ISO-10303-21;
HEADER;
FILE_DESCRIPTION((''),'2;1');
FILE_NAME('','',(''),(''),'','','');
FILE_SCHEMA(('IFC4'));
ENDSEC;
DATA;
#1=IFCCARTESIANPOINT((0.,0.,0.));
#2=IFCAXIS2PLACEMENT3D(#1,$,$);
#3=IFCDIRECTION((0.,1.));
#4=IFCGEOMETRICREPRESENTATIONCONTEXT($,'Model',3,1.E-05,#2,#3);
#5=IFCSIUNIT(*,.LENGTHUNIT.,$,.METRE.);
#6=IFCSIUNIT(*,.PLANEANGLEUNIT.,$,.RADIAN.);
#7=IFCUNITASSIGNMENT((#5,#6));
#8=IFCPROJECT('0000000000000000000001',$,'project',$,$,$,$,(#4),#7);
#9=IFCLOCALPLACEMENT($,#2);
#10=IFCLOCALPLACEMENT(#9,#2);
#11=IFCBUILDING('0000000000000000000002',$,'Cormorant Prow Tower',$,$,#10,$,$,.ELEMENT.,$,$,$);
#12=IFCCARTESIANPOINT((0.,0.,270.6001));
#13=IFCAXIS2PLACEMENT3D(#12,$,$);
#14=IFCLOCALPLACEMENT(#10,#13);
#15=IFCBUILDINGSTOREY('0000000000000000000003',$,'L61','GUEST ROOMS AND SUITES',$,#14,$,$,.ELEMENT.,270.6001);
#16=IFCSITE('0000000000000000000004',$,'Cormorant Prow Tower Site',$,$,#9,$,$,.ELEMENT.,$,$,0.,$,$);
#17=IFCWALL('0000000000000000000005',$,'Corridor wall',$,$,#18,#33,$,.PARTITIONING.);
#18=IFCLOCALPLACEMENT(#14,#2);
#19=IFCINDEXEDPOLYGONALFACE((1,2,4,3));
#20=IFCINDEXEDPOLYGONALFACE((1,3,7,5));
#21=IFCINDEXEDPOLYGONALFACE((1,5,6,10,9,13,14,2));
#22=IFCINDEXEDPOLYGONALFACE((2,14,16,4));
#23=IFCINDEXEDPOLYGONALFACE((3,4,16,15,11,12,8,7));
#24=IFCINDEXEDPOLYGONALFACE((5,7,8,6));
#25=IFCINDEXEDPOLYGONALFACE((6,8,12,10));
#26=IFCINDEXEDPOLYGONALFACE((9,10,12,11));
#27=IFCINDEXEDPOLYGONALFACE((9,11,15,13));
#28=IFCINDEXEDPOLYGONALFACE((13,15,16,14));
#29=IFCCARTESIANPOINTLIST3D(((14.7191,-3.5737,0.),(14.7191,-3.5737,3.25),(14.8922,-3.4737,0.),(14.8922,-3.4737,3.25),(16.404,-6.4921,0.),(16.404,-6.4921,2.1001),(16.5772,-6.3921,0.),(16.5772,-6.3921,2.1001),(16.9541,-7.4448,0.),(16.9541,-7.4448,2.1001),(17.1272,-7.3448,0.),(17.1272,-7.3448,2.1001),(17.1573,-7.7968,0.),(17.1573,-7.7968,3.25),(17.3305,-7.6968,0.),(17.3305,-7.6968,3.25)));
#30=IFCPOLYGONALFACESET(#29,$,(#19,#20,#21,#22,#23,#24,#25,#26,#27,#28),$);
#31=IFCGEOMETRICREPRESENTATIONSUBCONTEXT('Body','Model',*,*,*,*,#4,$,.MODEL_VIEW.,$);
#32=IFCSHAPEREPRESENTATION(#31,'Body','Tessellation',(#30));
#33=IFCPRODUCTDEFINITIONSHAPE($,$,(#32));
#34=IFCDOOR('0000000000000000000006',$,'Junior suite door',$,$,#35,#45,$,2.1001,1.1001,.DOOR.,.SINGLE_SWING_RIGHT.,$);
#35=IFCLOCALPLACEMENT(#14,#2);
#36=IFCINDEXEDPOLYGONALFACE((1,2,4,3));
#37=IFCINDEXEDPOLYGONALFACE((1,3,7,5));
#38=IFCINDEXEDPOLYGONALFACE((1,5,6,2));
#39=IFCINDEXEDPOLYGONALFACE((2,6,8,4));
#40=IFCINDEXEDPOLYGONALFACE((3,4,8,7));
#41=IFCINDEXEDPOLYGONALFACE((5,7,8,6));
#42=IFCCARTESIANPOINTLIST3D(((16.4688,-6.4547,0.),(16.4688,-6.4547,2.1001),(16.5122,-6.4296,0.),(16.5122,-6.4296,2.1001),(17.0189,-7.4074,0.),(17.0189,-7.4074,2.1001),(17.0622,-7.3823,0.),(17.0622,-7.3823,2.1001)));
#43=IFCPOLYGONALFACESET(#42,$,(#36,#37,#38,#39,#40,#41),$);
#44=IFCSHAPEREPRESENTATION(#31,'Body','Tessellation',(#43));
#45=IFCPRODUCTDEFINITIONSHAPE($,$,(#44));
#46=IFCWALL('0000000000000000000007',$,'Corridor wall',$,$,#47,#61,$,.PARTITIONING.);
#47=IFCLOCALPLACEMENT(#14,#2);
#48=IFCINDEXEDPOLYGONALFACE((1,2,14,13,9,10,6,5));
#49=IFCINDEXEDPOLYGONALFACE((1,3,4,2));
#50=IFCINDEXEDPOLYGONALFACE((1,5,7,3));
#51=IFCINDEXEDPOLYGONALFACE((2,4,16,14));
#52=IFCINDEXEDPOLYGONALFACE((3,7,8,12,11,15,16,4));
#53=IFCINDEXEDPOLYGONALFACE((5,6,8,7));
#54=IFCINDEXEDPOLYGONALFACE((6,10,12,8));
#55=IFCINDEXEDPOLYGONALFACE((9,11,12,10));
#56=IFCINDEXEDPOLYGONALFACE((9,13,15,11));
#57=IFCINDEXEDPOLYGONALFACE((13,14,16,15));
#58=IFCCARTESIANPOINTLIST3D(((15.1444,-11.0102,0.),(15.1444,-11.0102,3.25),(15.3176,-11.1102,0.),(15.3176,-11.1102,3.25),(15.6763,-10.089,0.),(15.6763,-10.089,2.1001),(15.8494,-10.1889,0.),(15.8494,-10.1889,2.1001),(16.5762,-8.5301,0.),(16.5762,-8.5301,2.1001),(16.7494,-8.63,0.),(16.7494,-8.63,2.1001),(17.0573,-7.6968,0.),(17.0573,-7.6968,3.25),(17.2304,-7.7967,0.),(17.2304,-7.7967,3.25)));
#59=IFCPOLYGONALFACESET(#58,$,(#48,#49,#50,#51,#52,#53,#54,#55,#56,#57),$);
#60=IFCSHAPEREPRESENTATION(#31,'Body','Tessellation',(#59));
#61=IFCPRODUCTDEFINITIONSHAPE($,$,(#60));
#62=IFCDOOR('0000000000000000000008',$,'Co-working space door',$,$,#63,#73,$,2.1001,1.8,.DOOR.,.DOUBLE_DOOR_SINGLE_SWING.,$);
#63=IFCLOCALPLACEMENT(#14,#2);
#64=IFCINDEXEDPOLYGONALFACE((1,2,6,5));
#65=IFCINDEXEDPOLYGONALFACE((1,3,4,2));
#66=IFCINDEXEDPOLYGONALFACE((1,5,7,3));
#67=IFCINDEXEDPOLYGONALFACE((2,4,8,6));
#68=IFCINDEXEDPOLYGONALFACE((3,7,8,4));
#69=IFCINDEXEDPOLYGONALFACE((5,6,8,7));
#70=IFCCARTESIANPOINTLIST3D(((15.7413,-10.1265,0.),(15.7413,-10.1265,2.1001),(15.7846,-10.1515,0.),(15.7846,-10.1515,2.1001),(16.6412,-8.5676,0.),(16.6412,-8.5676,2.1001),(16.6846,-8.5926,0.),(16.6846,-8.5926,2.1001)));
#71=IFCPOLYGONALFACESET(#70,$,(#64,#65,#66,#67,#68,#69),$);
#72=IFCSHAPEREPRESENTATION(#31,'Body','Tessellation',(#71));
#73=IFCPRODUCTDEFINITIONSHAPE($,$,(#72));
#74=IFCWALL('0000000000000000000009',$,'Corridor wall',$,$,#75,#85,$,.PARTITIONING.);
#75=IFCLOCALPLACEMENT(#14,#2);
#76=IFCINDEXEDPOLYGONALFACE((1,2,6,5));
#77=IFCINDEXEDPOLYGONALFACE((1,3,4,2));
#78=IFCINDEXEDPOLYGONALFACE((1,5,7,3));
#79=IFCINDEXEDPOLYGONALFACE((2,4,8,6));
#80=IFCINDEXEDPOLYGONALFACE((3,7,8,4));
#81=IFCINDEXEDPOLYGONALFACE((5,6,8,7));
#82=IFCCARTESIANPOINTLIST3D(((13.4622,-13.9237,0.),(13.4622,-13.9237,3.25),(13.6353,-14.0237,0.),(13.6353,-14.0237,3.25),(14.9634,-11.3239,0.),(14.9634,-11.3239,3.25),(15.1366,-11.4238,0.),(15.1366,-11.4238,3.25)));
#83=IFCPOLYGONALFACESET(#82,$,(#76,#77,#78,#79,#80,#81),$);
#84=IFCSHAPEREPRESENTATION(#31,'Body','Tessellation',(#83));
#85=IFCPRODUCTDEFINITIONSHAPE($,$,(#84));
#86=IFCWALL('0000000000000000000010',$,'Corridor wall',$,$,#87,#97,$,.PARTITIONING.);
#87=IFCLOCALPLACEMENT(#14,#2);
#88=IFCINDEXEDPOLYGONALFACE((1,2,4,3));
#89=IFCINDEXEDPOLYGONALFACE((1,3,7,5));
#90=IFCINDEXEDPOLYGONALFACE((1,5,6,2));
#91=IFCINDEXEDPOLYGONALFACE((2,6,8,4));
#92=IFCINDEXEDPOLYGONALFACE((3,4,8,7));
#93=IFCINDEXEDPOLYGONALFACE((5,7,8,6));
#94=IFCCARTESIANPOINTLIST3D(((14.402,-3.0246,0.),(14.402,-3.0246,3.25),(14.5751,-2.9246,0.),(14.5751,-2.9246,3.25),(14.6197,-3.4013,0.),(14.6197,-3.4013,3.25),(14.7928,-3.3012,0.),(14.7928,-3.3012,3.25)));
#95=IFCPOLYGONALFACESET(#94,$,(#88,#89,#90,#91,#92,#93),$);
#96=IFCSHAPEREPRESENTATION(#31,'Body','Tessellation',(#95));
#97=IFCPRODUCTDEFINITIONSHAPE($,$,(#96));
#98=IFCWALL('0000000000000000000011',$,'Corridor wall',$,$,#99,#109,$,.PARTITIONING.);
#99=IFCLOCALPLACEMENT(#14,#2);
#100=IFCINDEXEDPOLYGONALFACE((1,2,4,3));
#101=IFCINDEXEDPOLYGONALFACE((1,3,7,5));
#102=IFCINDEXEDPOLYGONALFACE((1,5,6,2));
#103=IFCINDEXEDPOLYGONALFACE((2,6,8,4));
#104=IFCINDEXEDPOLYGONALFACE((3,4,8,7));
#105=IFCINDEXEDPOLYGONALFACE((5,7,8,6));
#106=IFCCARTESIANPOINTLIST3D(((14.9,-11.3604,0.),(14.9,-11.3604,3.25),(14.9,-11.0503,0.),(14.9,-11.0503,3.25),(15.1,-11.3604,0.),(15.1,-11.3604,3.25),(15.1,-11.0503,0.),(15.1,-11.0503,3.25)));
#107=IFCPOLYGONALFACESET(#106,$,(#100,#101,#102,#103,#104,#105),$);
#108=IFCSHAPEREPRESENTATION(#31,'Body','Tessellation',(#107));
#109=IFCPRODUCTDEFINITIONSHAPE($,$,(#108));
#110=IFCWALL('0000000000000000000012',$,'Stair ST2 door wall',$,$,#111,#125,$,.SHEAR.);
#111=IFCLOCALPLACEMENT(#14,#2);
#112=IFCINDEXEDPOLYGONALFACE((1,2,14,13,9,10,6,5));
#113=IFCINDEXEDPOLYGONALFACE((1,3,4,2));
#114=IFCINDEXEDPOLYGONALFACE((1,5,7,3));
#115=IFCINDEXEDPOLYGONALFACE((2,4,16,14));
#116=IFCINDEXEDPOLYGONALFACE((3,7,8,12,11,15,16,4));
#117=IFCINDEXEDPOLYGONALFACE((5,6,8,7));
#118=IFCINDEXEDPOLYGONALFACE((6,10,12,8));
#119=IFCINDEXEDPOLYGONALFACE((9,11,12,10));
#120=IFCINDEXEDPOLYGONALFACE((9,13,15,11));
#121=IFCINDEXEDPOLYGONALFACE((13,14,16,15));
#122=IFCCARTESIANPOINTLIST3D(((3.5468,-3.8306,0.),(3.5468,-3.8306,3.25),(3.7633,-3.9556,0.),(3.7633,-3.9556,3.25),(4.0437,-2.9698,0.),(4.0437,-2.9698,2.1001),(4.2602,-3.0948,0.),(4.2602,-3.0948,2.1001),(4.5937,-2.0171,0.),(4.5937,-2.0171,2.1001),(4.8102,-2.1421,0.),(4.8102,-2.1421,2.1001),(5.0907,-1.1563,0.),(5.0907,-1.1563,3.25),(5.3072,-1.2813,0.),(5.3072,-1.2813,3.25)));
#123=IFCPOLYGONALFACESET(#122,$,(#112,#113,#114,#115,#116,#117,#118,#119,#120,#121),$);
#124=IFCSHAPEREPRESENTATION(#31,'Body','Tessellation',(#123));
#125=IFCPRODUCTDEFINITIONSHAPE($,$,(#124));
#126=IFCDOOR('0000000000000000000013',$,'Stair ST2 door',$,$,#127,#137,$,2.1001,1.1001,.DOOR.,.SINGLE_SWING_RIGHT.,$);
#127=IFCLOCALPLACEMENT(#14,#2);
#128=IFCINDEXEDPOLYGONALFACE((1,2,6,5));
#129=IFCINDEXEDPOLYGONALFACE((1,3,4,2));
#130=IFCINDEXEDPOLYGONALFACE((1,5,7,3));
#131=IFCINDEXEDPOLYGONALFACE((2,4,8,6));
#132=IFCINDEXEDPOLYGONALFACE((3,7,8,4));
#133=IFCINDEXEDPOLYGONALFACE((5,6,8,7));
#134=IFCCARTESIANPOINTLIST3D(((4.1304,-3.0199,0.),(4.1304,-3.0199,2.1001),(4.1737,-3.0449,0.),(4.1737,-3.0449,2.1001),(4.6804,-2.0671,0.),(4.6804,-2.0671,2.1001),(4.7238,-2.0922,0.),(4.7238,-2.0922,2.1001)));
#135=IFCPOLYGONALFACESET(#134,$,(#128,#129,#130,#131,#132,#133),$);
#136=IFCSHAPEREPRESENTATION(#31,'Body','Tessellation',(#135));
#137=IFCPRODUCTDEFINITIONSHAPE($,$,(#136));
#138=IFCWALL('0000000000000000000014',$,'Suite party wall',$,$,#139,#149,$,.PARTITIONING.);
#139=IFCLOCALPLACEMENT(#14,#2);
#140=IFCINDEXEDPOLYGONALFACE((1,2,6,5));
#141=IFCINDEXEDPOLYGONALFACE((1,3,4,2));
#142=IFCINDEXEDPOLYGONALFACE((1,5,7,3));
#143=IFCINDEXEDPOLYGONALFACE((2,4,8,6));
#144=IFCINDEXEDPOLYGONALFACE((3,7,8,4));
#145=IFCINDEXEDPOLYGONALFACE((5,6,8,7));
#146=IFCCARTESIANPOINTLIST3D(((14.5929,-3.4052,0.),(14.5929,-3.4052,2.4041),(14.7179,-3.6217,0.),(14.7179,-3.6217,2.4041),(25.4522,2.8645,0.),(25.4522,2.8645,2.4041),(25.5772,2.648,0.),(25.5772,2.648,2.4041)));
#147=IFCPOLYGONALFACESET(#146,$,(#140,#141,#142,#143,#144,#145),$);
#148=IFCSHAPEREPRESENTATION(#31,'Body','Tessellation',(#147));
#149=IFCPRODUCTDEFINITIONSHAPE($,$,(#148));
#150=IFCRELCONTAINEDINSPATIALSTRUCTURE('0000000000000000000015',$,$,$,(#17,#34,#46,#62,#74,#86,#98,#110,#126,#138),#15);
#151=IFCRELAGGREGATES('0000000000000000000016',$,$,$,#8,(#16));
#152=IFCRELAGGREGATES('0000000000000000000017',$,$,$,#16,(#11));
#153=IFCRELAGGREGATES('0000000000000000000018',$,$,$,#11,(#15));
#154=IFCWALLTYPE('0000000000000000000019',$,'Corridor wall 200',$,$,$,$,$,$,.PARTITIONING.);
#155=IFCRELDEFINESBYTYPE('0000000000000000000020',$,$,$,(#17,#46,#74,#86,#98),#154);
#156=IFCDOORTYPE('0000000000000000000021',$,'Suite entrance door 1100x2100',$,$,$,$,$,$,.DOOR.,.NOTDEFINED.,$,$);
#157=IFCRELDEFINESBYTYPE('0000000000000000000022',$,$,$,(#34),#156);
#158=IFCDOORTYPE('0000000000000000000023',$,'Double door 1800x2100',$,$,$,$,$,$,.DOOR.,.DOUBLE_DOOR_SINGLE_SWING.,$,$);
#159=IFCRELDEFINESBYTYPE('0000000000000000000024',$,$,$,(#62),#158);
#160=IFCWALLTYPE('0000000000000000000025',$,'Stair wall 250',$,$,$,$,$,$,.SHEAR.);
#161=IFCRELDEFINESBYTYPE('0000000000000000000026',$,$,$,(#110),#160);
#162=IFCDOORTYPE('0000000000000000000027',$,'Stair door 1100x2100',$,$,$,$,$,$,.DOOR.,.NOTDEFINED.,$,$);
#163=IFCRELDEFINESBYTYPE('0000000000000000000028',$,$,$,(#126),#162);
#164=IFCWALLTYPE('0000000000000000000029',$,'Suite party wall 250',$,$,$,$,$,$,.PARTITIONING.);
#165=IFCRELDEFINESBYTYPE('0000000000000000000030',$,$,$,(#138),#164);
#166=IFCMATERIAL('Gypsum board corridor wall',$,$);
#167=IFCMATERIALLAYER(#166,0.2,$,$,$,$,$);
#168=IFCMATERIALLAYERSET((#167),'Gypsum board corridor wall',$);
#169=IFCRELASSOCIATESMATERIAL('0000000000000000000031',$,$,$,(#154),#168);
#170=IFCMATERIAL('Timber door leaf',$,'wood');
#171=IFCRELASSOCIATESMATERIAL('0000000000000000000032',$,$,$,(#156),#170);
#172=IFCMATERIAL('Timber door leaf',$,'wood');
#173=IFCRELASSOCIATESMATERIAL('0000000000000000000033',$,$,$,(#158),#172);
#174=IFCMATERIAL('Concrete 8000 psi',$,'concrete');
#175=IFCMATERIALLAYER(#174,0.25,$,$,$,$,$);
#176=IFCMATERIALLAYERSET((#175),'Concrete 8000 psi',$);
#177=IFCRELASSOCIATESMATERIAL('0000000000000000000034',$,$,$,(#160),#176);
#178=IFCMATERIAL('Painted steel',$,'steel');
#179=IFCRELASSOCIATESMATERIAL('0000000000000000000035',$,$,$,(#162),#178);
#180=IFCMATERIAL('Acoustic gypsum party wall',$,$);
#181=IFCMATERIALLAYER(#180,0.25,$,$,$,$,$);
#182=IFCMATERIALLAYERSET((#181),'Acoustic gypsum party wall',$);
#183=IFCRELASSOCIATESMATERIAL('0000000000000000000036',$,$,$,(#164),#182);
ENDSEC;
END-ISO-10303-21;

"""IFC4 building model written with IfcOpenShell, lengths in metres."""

from ifc_helpers import new_model, si_unit, direction, frame, frame_2d, origin, place, context, subcontext, project, spatial, rectangle, extrude, material, layer, layer_set, type_object, element, fill, save


model = new_model("IFC4")

# Units and contexts
model_context = context("Model", 3, precision=1e-05, world=origin(), true_north=direction((0.0, 1.0)))
body_context = subcontext(model_context, "Body", "Model", "MODEL_VIEW")
ifc_project = project(units=[si_unit("LENGTHUNIT", "METRE"), si_unit("PLANEANGLEUNIT", "RADIAN")], contexts=[model_context])

# Site, building, storey
site_placement = place(None, origin())
site = spatial("IfcSite", under=ifc_project, at=site_placement, Name="Cormorant Prow Tower Site", CompositionType="ELEMENT", RefElevation=0.0)
building_placement = place(site_placement, origin())
building = spatial("IfcBuilding", under=site, at=building_placement, Name="Cormorant Prow Tower", CompositionType="ELEMENT")
storey_placement = place(building_placement, frame((0.0, 0.0, 270.6001)))
storey = spatial("IfcBuildingStorey", under=building, at=storey_placement, Name="L61", Description="GUEST ROOMS AND SUITES", CompositionType="ELEMENT", Elevation=270.6001)

# Walls, openings, doors
ifc_material_1 = material(Name="Gypsum board corridor wall")
ifc_layer_1 = layer(ifc_material_1, 0.2)
ifc_layer_set_1 = layer_set([ifc_layer_1], Name="Gypsum board corridor wall")
wall_type_1 = type_object("IfcWallType", Name="Corridor wall 200", PredefinedType="PARTITIONING", material=ifc_layer_set_1)
wall_1_placement = place(storey_placement, frame((14.8057, -3.5237, 0.0), z_axis=(0.0, 0.0, 1.0), x_axis=(0.5, -0.866026, 0.0)))
wall_1 = element("IfcWall", 1, at=wall_1_placement, inside=storey, type_object=wall_type_1, Name="Corridor wall", PredefinedType="PARTITIONING", context=body_context, shape_type="SweptSolid", body=[
    extrude(rectangle(XDim=4.8765, YDim=0.2, at=frame_2d((2.4382, 0.0))), origin(), (0.0, 0.0, 1.0), 3.25),
])
opening_1_placement = place(wall_1_placement, frame((3.3699, 0.0, 0.0)))
opening_1 = element("IfcOpeningElement", 2, at=opening_1_placement, cuts=wall_1, PredefinedType="OPENING", context=body_context, shape_type="SweptSolid", body=[
    extrude(rectangle(XDim=1.1001, YDim=2.1001, at=frame_2d((0.55, 1.05))), frame((0.0, 0.1099, 0.0), z_axis=(0.0, -1.0, 0.0), x_axis=(1.0, 0.0, 0.0)), (0.0, 0.0, 1.0), 0.22),
])
ifc_material_2 = material(Name="Timber door leaf", Category="wood")
door_type_1 = type_object("IfcDoorType", Name="Suite entrance door 1100x2100", OperationType="NOTDEFINED", PredefinedType="DOOR", material=ifc_material_2)
door_1_placement = place(opening_1_placement, origin())
door_1 = element("IfcDoor", 3, at=door_1_placement, inside=storey, type_object=door_type_1, Name="Junior suite door", OperationType="SINGLE_SWING_RIGHT", OverallHeight=2.1001, OverallWidth=1.1001, PredefinedType="DOOR", context=body_context, shape_type="SweptSolid", body=[
    extrude(rectangle(XDim=1.1001, YDim=2.1001, at=frame_2d((0.55, 1.05))), frame((0.0, 0.0249, 0.0), z_axis=(0.0, -1.0, 0.0), x_axis=(1.0, 0.0, 0.0)), (0.0, 0.0, 1.0), 0.05),
])
fill(opening_1, door_1)
wall_2_placement = place(storey_placement, frame((15.231, -11.0603, 0.0), z_axis=(0.0, 0.0, 1.0), x_axis=(0.499962, 0.866047, 0.0)))
wall_2 = element("IfcWall", 4, at=wall_2_placement, inside=storey, type_object=wall_type_1, Name="Corridor wall", PredefinedType="PARTITIONING", context=body_context, shape_type="SweptSolid", body=[
    extrude(rectangle(XDim=3.8259, YDim=0.2, at=frame_2d((1.9131, 0.0))), origin(), (0.0, 0.0, 1.0), 3.25),
])
opening_2_placement = place(wall_2_placement, frame((1.064, 0.0, 0.0)))
opening_2 = element("IfcOpeningElement", 5, at=opening_2_placement, cuts=wall_2, PredefinedType="OPENING", context=body_context, shape_type="SweptSolid", body=[
    extrude(rectangle(XDim=1.8, YDim=2.1001, at=frame_2d((0.8999, 1.05))), frame((0.0, 0.1099, 0.0), z_axis=(0.0, -1.0, 0.0), x_axis=(1.0, 0.0, 0.0)), (0.0, 0.0, 1.0), 0.22),
])
ifc_material_3 = material(Name="Timber door leaf", Category="wood")
door_type_2 = type_object("IfcDoorType", Name="Double door 1800x2100", OperationType="DOUBLE_DOOR_SINGLE_SWING", PredefinedType="DOOR", material=ifc_material_3)
door_2_placement = place(opening_2_placement, origin())
door_2 = element("IfcDoor", 6, at=door_2_placement, inside=storey, type_object=door_type_2, Name="Co-working space door", OperationType="DOUBLE_DOOR_SINGLE_SWING", OverallHeight=2.1001, OverallWidth=1.8, PredefinedType="DOOR", context=body_context, shape_type="SweptSolid", body=[
    extrude(rectangle(XDim=1.8, YDim=2.1001, at=frame_2d((0.8999, 1.05))), frame((0.0, 0.0249, 0.0), z_axis=(0.0, -1.0, 0.0), x_axis=(1.0, 0.0, 0.0)), (0.0, 0.0, 1.0), 0.05),
])
fill(opening_2, door_2)

# Walls
wall_3_placement = place(storey_placement, frame((13.5488, -13.9736, 0.0), z_axis=(0.0, 0.0, 1.0), x_axis=(0.500049, 0.865997, 0.0)))
element("IfcWall", 7, at=wall_3_placement, inside=storey, type_object=wall_type_1, Name="Corridor wall", PredefinedType="PARTITIONING", context=body_context, shape_type="SweptSolid", body=[
    extrude(rectangle(XDim=3.0022, YDim=0.2, at=frame_2d((1.501, 0.0))), origin(), (0.0, 0.0, 1.0), 3.25),
])
wall_4_placement = place(storey_placement, frame((14.4885, -2.9746, 0.0), z_axis=(0.0, 0.0, 1.0), x_axis=(0.500483, -0.865746, 0.0)))
element("IfcWall", 8, at=wall_4_placement, inside=storey, type_object=wall_type_1, Name="Corridor wall", PredefinedType="PARTITIONING", context=body_context, shape_type="SweptSolid", body=[
    extrude(rectangle(XDim=0.4351, YDim=0.2, at=frame_2d((0.2175, 0.0))), origin(), (0.0, 0.0, 1.0), 3.25),
])
wall_5_placement = place(storey_placement, frame((15.0, -11.3604, 0.0), z_axis=(0.0, 0.0, 1.0), x_axis=(0.0, 1.0, 0.0)))
element("IfcWall", 9, at=wall_5_placement, inside=storey, type_object=wall_type_1, Name="Corridor wall", PredefinedType="PARTITIONING", context=body_context, shape_type="SweptSolid", body=[
    extrude(rectangle(XDim=0.3101, YDim=0.2, at=frame_2d((0.155, 0.0))), origin(), (0.0, 0.0, 1.0), 3.25),
])

# Wall, opening, door
ifc_material_4 = material(Name="Concrete 8000 psi", Category="concrete")
ifc_layer_2 = layer(ifc_material_4, 0.25)
ifc_layer_set_2 = layer_set([ifc_layer_2], Name="Concrete 8000 psi")
wall_type_2 = type_object("IfcWallType", Name="Stair wall 250", PredefinedType="SHEAR", material=ifc_layer_set_2)
wall_6_placement = place(storey_placement, frame((3.655, -3.8931, 0.0), z_axis=(0.0, 0.0, 1.0), x_axis=(0.499983, 0.866035, 0.0)))
wall_6 = element("IfcWall", 10, at=wall_6_placement, inside=storey, type_object=wall_type_2, Name="Stair ST2 door wall", PredefinedType="SHEAR", context=body_context, shape_type="SweptSolid", body=[
    extrude(rectangle(XDim=3.0879, YDim=0.25, at=frame_2d((1.5439, 0.0))), origin(), (0.0, 0.0, 1.0), 3.25),
])
opening_3_placement = place(wall_6_placement, frame((0.9939, 0.0, 0.0)))
opening_3 = element("IfcOpeningElement", 11, at=opening_3_placement, cuts=wall_6, PredefinedType="OPENING", context=body_context, shape_type="SweptSolid", body=[
    extrude(rectangle(XDim=1.1001, YDim=2.1001, at=frame_2d((0.55, 1.05))), frame((0.0, 0.135, 0.0), z_axis=(0.0, -1.0, 0.0), x_axis=(1.0, 0.0, 0.0)), (0.0, 0.0, 1.0), 0.27),
])
ifc_material_5 = material(Name="Painted steel", Category="steel")
door_type_3 = type_object("IfcDoorType", Name="Stair door 1100x2100", OperationType="NOTDEFINED", PredefinedType="DOOR", material=ifc_material_5)
door_3_placement = place(opening_3_placement, origin())
door_3 = element("IfcDoor", 12, at=door_3_placement, inside=storey, type_object=door_type_3, Name="Stair ST2 door", OperationType="SINGLE_SWING_RIGHT", OverallHeight=2.1001, OverallWidth=1.1001, PredefinedType="DOOR", context=body_context, shape_type="SweptSolid", body=[
    extrude(rectangle(XDim=1.1001, YDim=2.1001, at=frame_2d((0.55, 1.05))), frame((0.0, 0.0249, 0.0), z_axis=(0.0, -1.0, 0.0), x_axis=(1.0, 0.0, 0.0)), (0.0, 0.0, 1.0), 0.05),
])
fill(opening_3, door_3)

# Wall
ifc_material_6 = material(Name="Acoustic gypsum party wall")
ifc_layer_3 = layer(ifc_material_6, 0.25)
ifc_layer_set_3 = layer_set([ifc_layer_3], Name="Acoustic gypsum party wall")
wall_type_3 = type_object("IfcWallType", Name="Suite party wall 250", PredefinedType="PARTITIONING", material=ifc_layer_set_3)
wall_7_placement = place(storey_placement, frame((14.6555, -3.5134, 0.0), z_axis=(0.0, 0.0, 1.0), x_axis=(0.866022, 0.500007, 0.0)))
element("IfcWall", 13, at=wall_7_placement, inside=storey, type_object=wall_type_3, Name="Suite party wall", PredefinedType="PARTITIONING", context=body_context, shape_type="SweptSolid", body=[
    extrude(rectangle(XDim=12.5393, YDim=0.25, at=frame_2d((6.2695, 0.0))), origin(), (0.0, 0.0, 1.0), 2.4041),
])

save(model, "model.ifc")
